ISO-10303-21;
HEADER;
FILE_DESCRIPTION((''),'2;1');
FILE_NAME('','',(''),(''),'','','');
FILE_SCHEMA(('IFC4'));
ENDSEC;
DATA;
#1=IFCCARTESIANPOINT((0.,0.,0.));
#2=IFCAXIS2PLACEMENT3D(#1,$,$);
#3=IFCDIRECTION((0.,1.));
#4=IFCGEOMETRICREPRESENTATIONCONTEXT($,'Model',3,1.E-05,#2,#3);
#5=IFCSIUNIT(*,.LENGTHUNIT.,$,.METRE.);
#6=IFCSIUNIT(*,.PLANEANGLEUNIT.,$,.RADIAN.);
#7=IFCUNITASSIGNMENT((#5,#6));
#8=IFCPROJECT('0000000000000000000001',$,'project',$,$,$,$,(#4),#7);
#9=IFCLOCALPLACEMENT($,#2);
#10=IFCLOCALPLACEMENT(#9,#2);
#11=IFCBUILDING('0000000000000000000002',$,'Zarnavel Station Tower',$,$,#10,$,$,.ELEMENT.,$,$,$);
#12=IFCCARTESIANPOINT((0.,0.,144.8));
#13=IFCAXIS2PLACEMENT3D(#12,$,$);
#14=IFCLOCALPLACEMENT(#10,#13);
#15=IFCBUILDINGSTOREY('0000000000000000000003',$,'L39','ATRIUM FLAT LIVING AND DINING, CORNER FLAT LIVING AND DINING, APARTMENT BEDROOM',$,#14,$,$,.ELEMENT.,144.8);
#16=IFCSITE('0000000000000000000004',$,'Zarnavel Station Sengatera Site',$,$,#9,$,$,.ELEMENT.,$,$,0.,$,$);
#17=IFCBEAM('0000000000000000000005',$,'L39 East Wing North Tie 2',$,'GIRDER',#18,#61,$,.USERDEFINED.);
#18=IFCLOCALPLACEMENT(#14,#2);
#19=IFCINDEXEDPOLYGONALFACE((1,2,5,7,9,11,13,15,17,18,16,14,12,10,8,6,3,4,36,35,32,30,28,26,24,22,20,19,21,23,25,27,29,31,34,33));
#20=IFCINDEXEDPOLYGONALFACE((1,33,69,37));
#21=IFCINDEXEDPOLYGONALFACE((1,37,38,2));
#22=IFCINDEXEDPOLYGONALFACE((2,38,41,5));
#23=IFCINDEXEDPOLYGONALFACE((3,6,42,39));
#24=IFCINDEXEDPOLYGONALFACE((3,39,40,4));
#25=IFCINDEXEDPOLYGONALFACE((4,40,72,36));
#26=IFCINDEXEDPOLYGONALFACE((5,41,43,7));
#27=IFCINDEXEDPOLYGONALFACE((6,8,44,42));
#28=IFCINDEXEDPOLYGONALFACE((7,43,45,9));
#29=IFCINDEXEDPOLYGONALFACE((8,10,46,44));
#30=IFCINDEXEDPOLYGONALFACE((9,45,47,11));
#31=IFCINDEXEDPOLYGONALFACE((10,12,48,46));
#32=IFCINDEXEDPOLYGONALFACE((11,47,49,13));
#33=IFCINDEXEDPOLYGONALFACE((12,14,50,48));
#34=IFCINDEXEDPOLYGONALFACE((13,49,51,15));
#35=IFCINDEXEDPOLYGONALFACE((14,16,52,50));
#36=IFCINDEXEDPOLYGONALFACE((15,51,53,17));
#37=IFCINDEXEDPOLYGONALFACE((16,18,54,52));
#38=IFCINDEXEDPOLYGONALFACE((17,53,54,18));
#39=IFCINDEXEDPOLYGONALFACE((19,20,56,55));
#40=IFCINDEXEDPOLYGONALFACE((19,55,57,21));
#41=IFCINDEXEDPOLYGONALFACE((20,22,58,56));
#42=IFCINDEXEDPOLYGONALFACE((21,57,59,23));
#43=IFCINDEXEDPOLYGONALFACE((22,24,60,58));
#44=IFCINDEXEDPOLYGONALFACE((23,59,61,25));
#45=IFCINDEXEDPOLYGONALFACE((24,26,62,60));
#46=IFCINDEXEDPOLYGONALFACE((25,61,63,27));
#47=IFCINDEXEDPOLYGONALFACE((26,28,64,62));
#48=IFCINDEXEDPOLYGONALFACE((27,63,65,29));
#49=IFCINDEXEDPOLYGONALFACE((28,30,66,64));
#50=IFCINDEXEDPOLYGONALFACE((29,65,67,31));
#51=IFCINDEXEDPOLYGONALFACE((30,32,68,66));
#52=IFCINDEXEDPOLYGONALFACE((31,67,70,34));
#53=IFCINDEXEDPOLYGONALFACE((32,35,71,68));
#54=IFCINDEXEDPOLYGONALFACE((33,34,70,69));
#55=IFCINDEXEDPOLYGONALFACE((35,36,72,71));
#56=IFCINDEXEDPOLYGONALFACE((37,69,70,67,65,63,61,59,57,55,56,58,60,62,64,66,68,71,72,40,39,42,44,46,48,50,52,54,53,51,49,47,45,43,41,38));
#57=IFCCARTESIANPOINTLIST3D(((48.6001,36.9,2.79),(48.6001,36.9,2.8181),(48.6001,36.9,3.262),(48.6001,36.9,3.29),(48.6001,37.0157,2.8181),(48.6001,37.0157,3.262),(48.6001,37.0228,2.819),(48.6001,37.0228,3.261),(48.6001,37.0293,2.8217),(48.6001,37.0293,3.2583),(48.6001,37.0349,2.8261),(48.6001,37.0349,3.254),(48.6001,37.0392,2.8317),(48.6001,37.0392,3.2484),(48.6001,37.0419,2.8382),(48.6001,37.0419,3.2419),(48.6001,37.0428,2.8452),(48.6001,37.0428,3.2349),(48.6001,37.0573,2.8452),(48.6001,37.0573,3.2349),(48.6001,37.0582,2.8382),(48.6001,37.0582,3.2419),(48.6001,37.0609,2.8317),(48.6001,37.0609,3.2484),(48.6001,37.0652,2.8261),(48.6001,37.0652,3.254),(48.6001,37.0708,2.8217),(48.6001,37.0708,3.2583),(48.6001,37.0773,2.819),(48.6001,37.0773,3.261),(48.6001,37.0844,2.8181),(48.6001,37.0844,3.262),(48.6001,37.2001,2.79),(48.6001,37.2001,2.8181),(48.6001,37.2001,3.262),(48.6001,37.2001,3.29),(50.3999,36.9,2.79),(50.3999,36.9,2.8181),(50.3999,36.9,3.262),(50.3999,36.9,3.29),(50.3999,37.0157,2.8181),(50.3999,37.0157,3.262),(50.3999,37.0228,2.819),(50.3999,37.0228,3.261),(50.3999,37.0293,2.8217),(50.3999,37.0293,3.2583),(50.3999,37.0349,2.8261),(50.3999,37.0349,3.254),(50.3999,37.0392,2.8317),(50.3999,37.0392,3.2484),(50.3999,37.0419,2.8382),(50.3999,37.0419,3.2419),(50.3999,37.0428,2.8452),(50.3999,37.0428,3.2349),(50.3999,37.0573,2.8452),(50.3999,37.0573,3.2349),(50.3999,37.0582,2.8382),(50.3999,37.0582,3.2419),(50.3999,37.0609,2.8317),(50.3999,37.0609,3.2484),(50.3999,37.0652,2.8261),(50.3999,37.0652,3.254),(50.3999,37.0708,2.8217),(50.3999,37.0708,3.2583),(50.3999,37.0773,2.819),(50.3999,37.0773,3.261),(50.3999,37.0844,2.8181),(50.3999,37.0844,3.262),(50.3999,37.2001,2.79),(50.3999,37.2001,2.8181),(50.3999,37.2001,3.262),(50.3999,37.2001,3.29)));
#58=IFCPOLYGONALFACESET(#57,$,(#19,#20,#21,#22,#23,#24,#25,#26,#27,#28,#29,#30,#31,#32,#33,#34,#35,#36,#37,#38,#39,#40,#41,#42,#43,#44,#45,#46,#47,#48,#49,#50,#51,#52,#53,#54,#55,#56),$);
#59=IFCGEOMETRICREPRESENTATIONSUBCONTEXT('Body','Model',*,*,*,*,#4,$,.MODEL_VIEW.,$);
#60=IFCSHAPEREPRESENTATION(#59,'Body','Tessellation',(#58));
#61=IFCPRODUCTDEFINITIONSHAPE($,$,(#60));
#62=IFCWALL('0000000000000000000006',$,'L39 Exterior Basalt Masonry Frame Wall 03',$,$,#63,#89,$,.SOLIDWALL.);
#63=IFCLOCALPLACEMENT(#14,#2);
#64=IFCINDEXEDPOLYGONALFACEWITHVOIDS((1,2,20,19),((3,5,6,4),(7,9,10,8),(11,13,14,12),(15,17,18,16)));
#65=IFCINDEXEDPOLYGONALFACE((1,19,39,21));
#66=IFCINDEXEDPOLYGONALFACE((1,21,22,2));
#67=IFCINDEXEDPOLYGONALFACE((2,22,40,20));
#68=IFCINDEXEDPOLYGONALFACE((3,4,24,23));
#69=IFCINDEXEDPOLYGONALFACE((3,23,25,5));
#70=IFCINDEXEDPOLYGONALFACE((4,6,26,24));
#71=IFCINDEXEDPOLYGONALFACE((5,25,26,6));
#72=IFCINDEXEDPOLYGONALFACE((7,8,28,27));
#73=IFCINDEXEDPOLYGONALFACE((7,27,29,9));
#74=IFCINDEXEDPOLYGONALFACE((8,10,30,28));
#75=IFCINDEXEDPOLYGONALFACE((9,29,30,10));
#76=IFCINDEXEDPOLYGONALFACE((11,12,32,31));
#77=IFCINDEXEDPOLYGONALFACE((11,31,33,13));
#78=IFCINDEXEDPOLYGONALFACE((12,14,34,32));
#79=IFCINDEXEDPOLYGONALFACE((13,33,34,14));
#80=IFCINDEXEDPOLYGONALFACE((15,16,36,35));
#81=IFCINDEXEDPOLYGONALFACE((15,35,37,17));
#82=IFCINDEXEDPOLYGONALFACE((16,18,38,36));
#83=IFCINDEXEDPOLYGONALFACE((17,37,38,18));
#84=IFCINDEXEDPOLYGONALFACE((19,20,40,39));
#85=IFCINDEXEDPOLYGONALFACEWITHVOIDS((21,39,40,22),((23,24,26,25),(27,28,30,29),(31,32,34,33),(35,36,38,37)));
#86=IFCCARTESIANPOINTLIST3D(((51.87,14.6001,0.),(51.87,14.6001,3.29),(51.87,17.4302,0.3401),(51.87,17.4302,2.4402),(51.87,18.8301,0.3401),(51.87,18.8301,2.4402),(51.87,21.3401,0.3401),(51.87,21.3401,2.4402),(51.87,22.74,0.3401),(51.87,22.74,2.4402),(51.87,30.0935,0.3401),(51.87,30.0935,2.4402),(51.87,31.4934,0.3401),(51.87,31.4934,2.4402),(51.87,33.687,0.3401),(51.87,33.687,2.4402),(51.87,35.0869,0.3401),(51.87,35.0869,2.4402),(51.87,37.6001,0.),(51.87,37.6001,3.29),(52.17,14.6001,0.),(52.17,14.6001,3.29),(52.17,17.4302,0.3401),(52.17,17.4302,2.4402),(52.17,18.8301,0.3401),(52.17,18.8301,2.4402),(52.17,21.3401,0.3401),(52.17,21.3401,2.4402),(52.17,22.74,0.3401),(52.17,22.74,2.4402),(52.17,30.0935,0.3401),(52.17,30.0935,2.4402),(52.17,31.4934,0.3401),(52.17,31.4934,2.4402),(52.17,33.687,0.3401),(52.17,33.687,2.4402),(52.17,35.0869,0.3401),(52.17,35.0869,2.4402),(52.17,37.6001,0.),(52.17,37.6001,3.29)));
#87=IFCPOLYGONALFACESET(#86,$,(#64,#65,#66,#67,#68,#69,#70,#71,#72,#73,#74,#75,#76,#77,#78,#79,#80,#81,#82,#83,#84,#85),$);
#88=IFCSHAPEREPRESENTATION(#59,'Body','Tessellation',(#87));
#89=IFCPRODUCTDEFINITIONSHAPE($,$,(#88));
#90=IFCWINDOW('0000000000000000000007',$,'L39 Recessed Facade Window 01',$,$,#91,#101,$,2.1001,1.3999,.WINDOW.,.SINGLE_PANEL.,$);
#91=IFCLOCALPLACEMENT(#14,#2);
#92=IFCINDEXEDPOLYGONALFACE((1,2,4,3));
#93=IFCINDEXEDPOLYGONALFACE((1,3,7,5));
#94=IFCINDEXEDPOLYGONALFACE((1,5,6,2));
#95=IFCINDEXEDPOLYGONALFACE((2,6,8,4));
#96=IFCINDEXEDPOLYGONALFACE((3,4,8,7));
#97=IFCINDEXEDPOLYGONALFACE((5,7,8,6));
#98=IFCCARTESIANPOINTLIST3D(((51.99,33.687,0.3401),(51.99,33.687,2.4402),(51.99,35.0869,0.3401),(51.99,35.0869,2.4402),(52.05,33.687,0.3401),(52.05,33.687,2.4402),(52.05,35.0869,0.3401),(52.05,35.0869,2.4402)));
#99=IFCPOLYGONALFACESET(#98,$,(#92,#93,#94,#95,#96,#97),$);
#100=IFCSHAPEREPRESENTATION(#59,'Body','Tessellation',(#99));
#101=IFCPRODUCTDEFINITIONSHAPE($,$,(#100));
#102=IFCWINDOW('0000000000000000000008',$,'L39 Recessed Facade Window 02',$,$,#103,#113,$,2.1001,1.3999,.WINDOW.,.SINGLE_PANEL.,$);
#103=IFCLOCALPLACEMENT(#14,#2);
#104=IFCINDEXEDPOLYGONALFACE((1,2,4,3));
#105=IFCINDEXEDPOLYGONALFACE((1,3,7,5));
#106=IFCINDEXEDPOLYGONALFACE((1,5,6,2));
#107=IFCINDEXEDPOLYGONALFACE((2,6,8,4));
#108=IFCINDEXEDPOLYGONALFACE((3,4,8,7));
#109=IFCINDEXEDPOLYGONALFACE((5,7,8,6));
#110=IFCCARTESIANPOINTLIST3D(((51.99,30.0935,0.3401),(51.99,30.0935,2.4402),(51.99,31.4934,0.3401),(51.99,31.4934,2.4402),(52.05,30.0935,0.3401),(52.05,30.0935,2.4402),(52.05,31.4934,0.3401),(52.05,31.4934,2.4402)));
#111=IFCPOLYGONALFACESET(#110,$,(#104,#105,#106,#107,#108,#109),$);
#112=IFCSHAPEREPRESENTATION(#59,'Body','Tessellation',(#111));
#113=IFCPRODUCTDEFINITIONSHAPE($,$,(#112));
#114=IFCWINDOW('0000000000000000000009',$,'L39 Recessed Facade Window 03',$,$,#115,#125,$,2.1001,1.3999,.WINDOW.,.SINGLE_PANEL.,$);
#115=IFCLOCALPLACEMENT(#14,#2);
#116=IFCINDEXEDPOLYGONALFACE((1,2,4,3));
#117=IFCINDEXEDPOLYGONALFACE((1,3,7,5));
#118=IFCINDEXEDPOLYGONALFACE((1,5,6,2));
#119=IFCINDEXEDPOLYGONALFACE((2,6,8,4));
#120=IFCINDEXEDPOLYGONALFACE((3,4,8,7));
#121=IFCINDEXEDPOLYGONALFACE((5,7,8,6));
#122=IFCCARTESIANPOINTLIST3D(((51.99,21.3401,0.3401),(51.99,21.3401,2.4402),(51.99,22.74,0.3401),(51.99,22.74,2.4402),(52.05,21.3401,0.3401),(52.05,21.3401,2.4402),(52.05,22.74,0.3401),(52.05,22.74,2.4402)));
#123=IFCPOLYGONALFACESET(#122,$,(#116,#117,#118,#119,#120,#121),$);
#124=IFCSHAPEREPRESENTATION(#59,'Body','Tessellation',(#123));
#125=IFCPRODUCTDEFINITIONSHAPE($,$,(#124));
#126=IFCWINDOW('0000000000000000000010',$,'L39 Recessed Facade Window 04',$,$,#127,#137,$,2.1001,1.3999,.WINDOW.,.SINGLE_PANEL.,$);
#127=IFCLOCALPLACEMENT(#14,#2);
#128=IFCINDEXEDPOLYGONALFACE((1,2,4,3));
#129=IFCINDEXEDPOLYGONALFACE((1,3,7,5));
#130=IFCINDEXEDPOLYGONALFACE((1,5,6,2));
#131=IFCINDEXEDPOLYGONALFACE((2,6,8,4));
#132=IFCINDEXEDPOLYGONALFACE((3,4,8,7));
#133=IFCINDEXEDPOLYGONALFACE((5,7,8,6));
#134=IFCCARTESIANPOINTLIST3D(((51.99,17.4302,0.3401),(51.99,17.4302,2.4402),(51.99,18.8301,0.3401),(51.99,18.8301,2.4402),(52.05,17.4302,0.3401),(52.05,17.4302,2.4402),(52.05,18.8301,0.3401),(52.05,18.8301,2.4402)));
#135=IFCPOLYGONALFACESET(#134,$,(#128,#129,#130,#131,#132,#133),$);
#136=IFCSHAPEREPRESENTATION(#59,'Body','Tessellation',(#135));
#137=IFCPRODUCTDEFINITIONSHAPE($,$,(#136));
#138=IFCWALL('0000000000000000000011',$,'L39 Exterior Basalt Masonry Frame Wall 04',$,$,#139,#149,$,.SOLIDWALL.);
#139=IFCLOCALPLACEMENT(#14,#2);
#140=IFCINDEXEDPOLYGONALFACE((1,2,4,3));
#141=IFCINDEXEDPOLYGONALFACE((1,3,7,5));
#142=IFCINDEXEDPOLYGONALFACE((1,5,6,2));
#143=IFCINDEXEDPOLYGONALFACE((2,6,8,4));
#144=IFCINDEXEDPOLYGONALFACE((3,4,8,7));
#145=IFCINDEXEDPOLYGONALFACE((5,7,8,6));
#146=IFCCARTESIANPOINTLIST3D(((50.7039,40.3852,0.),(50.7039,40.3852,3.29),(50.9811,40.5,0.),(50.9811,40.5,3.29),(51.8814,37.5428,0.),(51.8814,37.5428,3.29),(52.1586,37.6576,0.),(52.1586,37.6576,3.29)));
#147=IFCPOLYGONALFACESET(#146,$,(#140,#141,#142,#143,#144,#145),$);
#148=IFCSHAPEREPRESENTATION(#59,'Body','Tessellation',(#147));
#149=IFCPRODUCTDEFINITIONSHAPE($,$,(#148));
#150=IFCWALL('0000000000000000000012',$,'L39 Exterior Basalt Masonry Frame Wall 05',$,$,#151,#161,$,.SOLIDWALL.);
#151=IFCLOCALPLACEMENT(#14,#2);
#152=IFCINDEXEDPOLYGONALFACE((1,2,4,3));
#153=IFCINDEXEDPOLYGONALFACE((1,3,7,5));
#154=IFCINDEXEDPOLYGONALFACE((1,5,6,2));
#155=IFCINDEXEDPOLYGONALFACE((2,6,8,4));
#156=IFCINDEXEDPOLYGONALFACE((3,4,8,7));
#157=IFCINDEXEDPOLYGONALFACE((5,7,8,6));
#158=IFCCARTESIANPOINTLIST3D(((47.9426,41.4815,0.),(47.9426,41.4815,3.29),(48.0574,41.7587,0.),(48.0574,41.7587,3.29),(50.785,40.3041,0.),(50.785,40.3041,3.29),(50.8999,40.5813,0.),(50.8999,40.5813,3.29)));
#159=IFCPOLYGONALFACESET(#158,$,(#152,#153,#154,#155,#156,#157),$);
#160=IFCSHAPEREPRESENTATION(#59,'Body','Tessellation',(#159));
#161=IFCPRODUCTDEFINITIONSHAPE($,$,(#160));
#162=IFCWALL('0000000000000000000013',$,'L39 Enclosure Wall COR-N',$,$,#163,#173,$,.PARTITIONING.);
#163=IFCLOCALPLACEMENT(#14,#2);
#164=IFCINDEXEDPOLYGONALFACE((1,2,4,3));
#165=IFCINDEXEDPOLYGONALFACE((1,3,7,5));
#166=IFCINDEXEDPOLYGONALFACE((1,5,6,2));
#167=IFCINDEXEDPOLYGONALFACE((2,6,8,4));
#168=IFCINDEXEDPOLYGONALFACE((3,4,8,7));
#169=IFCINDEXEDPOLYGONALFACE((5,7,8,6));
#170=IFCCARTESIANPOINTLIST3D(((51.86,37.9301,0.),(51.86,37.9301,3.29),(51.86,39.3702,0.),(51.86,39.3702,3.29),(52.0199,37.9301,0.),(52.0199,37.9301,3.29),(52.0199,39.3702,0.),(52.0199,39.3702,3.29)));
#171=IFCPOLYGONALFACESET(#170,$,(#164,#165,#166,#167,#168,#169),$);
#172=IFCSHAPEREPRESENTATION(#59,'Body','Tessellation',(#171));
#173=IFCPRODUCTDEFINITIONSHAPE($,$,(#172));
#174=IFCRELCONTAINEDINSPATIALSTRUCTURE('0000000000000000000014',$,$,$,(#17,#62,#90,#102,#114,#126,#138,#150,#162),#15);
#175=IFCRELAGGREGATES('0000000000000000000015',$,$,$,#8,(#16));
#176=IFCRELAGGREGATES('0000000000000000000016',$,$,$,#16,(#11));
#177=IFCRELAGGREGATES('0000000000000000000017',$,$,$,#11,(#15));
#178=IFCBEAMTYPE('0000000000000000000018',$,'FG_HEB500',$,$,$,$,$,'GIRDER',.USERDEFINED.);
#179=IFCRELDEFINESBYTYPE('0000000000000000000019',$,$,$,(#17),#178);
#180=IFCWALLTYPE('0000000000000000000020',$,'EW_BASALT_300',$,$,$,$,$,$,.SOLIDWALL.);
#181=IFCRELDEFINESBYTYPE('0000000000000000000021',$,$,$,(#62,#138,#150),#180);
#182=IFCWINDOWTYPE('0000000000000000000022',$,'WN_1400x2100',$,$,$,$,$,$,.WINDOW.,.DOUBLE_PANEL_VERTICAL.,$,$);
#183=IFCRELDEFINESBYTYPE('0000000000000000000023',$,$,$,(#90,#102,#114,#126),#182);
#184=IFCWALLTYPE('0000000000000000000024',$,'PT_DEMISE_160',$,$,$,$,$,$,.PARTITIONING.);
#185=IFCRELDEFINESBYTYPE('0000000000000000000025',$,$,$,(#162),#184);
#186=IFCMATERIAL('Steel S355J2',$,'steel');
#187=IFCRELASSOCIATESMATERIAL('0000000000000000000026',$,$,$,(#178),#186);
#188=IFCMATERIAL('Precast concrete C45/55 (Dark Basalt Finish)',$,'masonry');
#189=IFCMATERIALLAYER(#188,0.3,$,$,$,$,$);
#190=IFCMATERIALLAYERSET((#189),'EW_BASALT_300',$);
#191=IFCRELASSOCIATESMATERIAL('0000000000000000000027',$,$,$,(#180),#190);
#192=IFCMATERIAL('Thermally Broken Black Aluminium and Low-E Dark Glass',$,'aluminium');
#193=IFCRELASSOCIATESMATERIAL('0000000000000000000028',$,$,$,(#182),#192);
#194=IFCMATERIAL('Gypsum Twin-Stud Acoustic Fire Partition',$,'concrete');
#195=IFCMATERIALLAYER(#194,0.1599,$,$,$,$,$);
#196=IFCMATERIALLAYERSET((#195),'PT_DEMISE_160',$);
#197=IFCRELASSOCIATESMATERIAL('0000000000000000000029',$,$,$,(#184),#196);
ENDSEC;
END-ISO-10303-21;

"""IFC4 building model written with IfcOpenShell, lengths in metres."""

from ifc_helpers import new_model, si_unit, direction, frame, frame_2d, origin, origin_2d, place, context, subcontext, project, spatial, rectangle, i_section, extrude, material, layer, layer_set, material_profile, profile_set, type_object, element, fill, save


model = new_model("IFC4")

# Units and contexts
model_context = context("Model", 3, precision=1e-05, world=origin(), true_north=direction((0.0, 1.0)))
body_context = subcontext(model_context, "Body", "Model", "MODEL_VIEW")
ifc_project = project(units=[si_unit("LENGTHUNIT", "METRE"), si_unit("PLANEANGLEUNIT", "RADIAN")], contexts=[model_context])

# Site, building, storey
site_placement = place(None, origin())
site = spatial("IfcSite", under=ifc_project, at=site_placement, Name="Zarnavel Station Sengatera Site", CompositionType="ELEMENT", RefElevation=0.0)
building_placement = place(site_placement, origin())
building = spatial("IfcBuilding", under=site, at=building_placement, Name="Zarnavel Station Tower", CompositionType="ELEMENT")
storey_placement = place(building_placement, frame((0.0, 0.0, 144.8)))
storey = spatial("IfcBuildingStorey", under=building, at=storey_placement, Name="L39", Description="ATRIUM FLAT LIVING AND DINING, CORNER FLAT LIVING AND DINING, APARTMENT BEDROOM", CompositionType="ELEMENT", Elevation=144.8)

# Beam
ifc_material_1 = material(Name="Steel S355J2", Category="steel")
ifc_material_profile_1 = material_profile(ifc_material_1, i_section(OverallWidth=0.3, OverallDepth=0.5, WebThickness=0.0144, FlangeThickness=0.0281, FilletRadius=0.0271, at=origin_2d()), Name="HEB500")
ifc_profile_set_1 = profile_set([ifc_material_profile_1], Name="Steel S355J2")
beam_type = type_object("IfcBeamType", Name="FG_HEB500", ElementType="GIRDER", PredefinedType="USERDEFINED", material=ifc_profile_set_1)
beam_1_placement = place(storey_placement, frame((48.6001, 37.05, 3.04), z_axis=(1.0, 0.0, 0.0), x_axis=(0.0, 1.0, 0.0)))
element("IfcBeam", 1, at=beam_1_placement, inside=storey, type_object=beam_type, Name="L39 East Wing North Tie 2", ObjectType="GIRDER", PredefinedType="USERDEFINED", context=body_context, shape_type="SweptSolid", body=[
    extrude(i_section(OverallWidth=0.3, OverallDepth=0.5, WebThickness=0.0144, FlangeThickness=0.0281, FilletRadius=0.0271, at=origin_2d()), origin(), (0.0, 0.0, 1.0), 1.7998),
])

# Wall, openings, windows
ifc_material_2 = material(Name="Precast concrete C45/55 (Dark Basalt Finish)", Category="masonry")
ifc_layer_1 = layer(ifc_material_2, 0.3)
ifc_layer_set_1 = layer_set([ifc_layer_1], Name="EW_BASALT_300")
wall_type_1 = type_object("IfcWallType", Name="EW_BASALT_300", PredefinedType="SOLIDWALL", material=ifc_layer_set_1)
wall_1_placement = place(storey_placement, frame((52.02, 37.6001, 0.0), z_axis=(0.0, 0.0, 1.0), x_axis=(0.0, -1.0, 0.0)))
wall_1 = element("IfcWall", 2, at=wall_1_placement, inside=storey, type_object=wall_type_1, Name="L39 Exterior Basalt Masonry Frame Wall 03", PredefinedType="SOLIDWALL", context=body_context, shape_type="SweptSolid", body=[
    extrude(rectangle(XDim=23.0, YDim=0.3, at=frame_2d((11.5, 0.0))), origin(), (0.0, 0.0, 1.0), 3.29),
])
opening_1_placement = place(wall_1_placement, frame((2.5132, 0.0, 0.3401)))
opening_1 = element("IfcOpeningElement", 3, at=opening_1_placement, cuts=wall_1, PredefinedType="OPENING", context=body_context, shape_type="SweptSolid", body=[
    extrude(rectangle(XDim=1.3999, YDim=2.1001, at=frame_2d((0.7, 1.05))), frame((0.0, 0.1599, 0.0), z_axis=(0.0, -1.0, 0.0), x_axis=(1.0, 0.0, 0.0)), (0.0, 0.0, 1.0), 0.3201),
])
opening_2_placement = place(wall_1_placement, frame((6.1067, 0.0, 0.3401)))
opening_2 = element("IfcOpeningElement", 4, at=opening_2_placement, cuts=wall_1, PredefinedType="OPENING", context=body_context, shape_type="SweptSolid", body=[
    extrude(rectangle(XDim=1.3999, YDim=2.1001, at=frame_2d((0.7, 1.05))), frame((0.0, 0.1599, 0.0), z_axis=(0.0, -1.0, 0.0), x_axis=(1.0, 0.0, 0.0)), (0.0, 0.0, 1.0), 0.3201),
])
opening_3_placement = place(wall_1_placement, frame((14.8601, 0.0, 0.3401)))
opening_3 = element("IfcOpeningElement", 5, at=opening_3_placement, cuts=wall_1, PredefinedType="OPENING", context=body_context, shape_type="SweptSolid", body=[
    extrude(rectangle(XDim=1.3999, YDim=2.1001, at=frame_2d((0.7, 1.05))), frame((0.0, 0.1599, 0.0), z_axis=(0.0, -1.0, 0.0), x_axis=(1.0, 0.0, 0.0)), (0.0, 0.0, 1.0), 0.3201),
])
opening_4_placement = place(wall_1_placement, frame((18.77, 0.0, 0.3401)))
opening_4 = element("IfcOpeningElement", 6, at=opening_4_placement, cuts=wall_1, PredefinedType="OPENING", context=body_context, shape_type="SweptSolid", body=[
    extrude(rectangle(XDim=1.3999, YDim=2.1001, at=frame_2d((0.7, 1.05))), frame((0.0, 0.1599, 0.0), z_axis=(0.0, -1.0, 0.0), x_axis=(1.0, 0.0, 0.0)), (0.0, 0.0, 1.0), 0.3201),
])
ifc_material_3 = material(Name="Thermally Broken Black Aluminium and Low-E Dark Glass", Category="aluminium")
window_type = type_object("IfcWindowType", Name="WN_1400x2100", PartitioningType="DOUBLE_PANEL_VERTICAL", PredefinedType="WINDOW", material=ifc_material_3)
window_1_placement = place(opening_1_placement, origin())
window_1 = element("IfcWindow", 7, at=window_1_placement, inside=storey, type_object=window_type, Name="L39 Recessed Facade Window 01", OverallHeight=2.1001, OverallWidth=1.3999, PartitioningType="SINGLE_PANEL", PredefinedType="WINDOW", context=body_context, shape_type="SweptSolid", body=[
    extrude(rectangle(XDim=1.3999, YDim=2.1001, at=frame_2d((0.7, 1.05))), frame((0.0, 0.03, 0.0), z_axis=(0.0, -1.0, 0.0), x_axis=(1.0, 0.0, 0.0)), (0.0, 0.0, 1.0), 0.0601),
])
fill(opening_1, window_1)
window_2_placement = place(opening_2_placement, origin())
window_2 = element("IfcWindow", 8, at=window_2_placement, inside=storey, type_object=window_type, Name="L39 Recessed Facade Window 02", OverallHeight=2.1001, OverallWidth=1.3999, PartitioningType="SINGLE_PANEL", PredefinedType="WINDOW", context=body_context, shape_type="SweptSolid", body=[
    extrude(rectangle(XDim=1.3999, YDim=2.1001, at=frame_2d((0.7, 1.05))), frame((0.0, 0.03, 0.0), z_axis=(0.0, -1.0, 0.0), x_axis=(1.0, 0.0, 0.0)), (0.0, 0.0, 1.0), 0.0601),
])
fill(opening_2, window_2)
window_3_placement = place(opening_3_placement, origin())
window_3 = element("IfcWindow", 9, at=window_3_placement, inside=storey, type_object=window_type, Name="L39 Recessed Facade Window 03", OverallHeight=2.1001, OverallWidth=1.3999, PartitioningType="SINGLE_PANEL", PredefinedType="WINDOW", context=body_context, shape_type="SweptSolid", body=[
    extrude(rectangle(XDim=1.3999, YDim=2.1001, at=frame_2d((0.7, 1.05))), frame((0.0, 0.03, 0.0), z_axis=(0.0, -1.0, 0.0), x_axis=(1.0, 0.0, 0.0)), (0.0, 0.0, 1.0), 0.0601),
])
fill(opening_3, window_3)
window_4_placement = place(opening_4_placement, origin())
window_4 = element("IfcWindow", 10, at=window_4_placement, inside=storey, type_object=window_type, Name="L39 Recessed Facade Window 04", OverallHeight=2.1001, OverallWidth=1.3999, PartitioningType="SINGLE_PANEL", PredefinedType="WINDOW", context=body_context, shape_type="SweptSolid", body=[
    extrude(rectangle(XDim=1.3999, YDim=2.1001, at=frame_2d((0.7, 1.05))), frame((0.0, 0.03, 0.0), z_axis=(0.0, -1.0, 0.0), x_axis=(1.0, 0.0, 0.0)), (0.0, 0.0, 1.0), 0.0601),
])
fill(opening_4, window_4)

# Walls
for number, where, z_axis, x_axis, name in (
    (11, (50.8425, 40.4426, 0.0), (0.0, 0.0, 1.0), (0.382705, -0.923871, 0.0), "L39 Exterior Basalt Masonry Frame Wall 04"),
    (12, (48.0, 41.6201, 0.0), (0.0, 0.0, 1.0), (0.923871, -0.382705, 0.0), "L39 Exterior Basalt Masonry Frame Wall 05"),
):
    element("IfcWall", number, at=place(storey_placement, frame(where, z_axis=z_axis, x_axis=x_axis)), inside=storey, type_object=wall_type_1, Name=name, PredefinedType="SOLIDWALL", context=body_context, shape_type="SweptSolid", body=[
        extrude(rectangle(XDim=3.0767, YDim=0.3, at=frame_2d((1.5383, 0.0))), origin(), (0.0, 0.0, 1.0), 3.29),
    ])
ifc_material_4 = material(Name="Gypsum Twin-Stud Acoustic Fire Partition", Category="concrete")
ifc_layer_2 = layer(ifc_material_4, 0.1599)
ifc_layer_set_2 = layer_set([ifc_layer_2], Name="PT_DEMISE_160")
wall_type_2 = type_object("IfcWallType", Name="PT_DEMISE_160", PredefinedType="PARTITIONING", material=ifc_layer_set_2)
wall_2_placement = place(storey_placement, frame((51.9399, 37.9299, 0.0), z_axis=(0.0, 0.0, 1.0), x_axis=(0.0, 1.0, 0.0)))
element("IfcWall", 13, at=wall_2_placement, inside=storey, type_object=wall_type_2, Name="L39 Enclosure Wall COR-N", PredefinedType="PARTITIONING", context=body_context, shape_type="SweptSolid", body=[
    extrude(rectangle(XDim=1.4402, YDim=0.1599, at=frame_2d((0.7202, 0.0))), origin(), (0.0, 0.0, 1.0), 3.29),
])

save(model, "model.ifc")
